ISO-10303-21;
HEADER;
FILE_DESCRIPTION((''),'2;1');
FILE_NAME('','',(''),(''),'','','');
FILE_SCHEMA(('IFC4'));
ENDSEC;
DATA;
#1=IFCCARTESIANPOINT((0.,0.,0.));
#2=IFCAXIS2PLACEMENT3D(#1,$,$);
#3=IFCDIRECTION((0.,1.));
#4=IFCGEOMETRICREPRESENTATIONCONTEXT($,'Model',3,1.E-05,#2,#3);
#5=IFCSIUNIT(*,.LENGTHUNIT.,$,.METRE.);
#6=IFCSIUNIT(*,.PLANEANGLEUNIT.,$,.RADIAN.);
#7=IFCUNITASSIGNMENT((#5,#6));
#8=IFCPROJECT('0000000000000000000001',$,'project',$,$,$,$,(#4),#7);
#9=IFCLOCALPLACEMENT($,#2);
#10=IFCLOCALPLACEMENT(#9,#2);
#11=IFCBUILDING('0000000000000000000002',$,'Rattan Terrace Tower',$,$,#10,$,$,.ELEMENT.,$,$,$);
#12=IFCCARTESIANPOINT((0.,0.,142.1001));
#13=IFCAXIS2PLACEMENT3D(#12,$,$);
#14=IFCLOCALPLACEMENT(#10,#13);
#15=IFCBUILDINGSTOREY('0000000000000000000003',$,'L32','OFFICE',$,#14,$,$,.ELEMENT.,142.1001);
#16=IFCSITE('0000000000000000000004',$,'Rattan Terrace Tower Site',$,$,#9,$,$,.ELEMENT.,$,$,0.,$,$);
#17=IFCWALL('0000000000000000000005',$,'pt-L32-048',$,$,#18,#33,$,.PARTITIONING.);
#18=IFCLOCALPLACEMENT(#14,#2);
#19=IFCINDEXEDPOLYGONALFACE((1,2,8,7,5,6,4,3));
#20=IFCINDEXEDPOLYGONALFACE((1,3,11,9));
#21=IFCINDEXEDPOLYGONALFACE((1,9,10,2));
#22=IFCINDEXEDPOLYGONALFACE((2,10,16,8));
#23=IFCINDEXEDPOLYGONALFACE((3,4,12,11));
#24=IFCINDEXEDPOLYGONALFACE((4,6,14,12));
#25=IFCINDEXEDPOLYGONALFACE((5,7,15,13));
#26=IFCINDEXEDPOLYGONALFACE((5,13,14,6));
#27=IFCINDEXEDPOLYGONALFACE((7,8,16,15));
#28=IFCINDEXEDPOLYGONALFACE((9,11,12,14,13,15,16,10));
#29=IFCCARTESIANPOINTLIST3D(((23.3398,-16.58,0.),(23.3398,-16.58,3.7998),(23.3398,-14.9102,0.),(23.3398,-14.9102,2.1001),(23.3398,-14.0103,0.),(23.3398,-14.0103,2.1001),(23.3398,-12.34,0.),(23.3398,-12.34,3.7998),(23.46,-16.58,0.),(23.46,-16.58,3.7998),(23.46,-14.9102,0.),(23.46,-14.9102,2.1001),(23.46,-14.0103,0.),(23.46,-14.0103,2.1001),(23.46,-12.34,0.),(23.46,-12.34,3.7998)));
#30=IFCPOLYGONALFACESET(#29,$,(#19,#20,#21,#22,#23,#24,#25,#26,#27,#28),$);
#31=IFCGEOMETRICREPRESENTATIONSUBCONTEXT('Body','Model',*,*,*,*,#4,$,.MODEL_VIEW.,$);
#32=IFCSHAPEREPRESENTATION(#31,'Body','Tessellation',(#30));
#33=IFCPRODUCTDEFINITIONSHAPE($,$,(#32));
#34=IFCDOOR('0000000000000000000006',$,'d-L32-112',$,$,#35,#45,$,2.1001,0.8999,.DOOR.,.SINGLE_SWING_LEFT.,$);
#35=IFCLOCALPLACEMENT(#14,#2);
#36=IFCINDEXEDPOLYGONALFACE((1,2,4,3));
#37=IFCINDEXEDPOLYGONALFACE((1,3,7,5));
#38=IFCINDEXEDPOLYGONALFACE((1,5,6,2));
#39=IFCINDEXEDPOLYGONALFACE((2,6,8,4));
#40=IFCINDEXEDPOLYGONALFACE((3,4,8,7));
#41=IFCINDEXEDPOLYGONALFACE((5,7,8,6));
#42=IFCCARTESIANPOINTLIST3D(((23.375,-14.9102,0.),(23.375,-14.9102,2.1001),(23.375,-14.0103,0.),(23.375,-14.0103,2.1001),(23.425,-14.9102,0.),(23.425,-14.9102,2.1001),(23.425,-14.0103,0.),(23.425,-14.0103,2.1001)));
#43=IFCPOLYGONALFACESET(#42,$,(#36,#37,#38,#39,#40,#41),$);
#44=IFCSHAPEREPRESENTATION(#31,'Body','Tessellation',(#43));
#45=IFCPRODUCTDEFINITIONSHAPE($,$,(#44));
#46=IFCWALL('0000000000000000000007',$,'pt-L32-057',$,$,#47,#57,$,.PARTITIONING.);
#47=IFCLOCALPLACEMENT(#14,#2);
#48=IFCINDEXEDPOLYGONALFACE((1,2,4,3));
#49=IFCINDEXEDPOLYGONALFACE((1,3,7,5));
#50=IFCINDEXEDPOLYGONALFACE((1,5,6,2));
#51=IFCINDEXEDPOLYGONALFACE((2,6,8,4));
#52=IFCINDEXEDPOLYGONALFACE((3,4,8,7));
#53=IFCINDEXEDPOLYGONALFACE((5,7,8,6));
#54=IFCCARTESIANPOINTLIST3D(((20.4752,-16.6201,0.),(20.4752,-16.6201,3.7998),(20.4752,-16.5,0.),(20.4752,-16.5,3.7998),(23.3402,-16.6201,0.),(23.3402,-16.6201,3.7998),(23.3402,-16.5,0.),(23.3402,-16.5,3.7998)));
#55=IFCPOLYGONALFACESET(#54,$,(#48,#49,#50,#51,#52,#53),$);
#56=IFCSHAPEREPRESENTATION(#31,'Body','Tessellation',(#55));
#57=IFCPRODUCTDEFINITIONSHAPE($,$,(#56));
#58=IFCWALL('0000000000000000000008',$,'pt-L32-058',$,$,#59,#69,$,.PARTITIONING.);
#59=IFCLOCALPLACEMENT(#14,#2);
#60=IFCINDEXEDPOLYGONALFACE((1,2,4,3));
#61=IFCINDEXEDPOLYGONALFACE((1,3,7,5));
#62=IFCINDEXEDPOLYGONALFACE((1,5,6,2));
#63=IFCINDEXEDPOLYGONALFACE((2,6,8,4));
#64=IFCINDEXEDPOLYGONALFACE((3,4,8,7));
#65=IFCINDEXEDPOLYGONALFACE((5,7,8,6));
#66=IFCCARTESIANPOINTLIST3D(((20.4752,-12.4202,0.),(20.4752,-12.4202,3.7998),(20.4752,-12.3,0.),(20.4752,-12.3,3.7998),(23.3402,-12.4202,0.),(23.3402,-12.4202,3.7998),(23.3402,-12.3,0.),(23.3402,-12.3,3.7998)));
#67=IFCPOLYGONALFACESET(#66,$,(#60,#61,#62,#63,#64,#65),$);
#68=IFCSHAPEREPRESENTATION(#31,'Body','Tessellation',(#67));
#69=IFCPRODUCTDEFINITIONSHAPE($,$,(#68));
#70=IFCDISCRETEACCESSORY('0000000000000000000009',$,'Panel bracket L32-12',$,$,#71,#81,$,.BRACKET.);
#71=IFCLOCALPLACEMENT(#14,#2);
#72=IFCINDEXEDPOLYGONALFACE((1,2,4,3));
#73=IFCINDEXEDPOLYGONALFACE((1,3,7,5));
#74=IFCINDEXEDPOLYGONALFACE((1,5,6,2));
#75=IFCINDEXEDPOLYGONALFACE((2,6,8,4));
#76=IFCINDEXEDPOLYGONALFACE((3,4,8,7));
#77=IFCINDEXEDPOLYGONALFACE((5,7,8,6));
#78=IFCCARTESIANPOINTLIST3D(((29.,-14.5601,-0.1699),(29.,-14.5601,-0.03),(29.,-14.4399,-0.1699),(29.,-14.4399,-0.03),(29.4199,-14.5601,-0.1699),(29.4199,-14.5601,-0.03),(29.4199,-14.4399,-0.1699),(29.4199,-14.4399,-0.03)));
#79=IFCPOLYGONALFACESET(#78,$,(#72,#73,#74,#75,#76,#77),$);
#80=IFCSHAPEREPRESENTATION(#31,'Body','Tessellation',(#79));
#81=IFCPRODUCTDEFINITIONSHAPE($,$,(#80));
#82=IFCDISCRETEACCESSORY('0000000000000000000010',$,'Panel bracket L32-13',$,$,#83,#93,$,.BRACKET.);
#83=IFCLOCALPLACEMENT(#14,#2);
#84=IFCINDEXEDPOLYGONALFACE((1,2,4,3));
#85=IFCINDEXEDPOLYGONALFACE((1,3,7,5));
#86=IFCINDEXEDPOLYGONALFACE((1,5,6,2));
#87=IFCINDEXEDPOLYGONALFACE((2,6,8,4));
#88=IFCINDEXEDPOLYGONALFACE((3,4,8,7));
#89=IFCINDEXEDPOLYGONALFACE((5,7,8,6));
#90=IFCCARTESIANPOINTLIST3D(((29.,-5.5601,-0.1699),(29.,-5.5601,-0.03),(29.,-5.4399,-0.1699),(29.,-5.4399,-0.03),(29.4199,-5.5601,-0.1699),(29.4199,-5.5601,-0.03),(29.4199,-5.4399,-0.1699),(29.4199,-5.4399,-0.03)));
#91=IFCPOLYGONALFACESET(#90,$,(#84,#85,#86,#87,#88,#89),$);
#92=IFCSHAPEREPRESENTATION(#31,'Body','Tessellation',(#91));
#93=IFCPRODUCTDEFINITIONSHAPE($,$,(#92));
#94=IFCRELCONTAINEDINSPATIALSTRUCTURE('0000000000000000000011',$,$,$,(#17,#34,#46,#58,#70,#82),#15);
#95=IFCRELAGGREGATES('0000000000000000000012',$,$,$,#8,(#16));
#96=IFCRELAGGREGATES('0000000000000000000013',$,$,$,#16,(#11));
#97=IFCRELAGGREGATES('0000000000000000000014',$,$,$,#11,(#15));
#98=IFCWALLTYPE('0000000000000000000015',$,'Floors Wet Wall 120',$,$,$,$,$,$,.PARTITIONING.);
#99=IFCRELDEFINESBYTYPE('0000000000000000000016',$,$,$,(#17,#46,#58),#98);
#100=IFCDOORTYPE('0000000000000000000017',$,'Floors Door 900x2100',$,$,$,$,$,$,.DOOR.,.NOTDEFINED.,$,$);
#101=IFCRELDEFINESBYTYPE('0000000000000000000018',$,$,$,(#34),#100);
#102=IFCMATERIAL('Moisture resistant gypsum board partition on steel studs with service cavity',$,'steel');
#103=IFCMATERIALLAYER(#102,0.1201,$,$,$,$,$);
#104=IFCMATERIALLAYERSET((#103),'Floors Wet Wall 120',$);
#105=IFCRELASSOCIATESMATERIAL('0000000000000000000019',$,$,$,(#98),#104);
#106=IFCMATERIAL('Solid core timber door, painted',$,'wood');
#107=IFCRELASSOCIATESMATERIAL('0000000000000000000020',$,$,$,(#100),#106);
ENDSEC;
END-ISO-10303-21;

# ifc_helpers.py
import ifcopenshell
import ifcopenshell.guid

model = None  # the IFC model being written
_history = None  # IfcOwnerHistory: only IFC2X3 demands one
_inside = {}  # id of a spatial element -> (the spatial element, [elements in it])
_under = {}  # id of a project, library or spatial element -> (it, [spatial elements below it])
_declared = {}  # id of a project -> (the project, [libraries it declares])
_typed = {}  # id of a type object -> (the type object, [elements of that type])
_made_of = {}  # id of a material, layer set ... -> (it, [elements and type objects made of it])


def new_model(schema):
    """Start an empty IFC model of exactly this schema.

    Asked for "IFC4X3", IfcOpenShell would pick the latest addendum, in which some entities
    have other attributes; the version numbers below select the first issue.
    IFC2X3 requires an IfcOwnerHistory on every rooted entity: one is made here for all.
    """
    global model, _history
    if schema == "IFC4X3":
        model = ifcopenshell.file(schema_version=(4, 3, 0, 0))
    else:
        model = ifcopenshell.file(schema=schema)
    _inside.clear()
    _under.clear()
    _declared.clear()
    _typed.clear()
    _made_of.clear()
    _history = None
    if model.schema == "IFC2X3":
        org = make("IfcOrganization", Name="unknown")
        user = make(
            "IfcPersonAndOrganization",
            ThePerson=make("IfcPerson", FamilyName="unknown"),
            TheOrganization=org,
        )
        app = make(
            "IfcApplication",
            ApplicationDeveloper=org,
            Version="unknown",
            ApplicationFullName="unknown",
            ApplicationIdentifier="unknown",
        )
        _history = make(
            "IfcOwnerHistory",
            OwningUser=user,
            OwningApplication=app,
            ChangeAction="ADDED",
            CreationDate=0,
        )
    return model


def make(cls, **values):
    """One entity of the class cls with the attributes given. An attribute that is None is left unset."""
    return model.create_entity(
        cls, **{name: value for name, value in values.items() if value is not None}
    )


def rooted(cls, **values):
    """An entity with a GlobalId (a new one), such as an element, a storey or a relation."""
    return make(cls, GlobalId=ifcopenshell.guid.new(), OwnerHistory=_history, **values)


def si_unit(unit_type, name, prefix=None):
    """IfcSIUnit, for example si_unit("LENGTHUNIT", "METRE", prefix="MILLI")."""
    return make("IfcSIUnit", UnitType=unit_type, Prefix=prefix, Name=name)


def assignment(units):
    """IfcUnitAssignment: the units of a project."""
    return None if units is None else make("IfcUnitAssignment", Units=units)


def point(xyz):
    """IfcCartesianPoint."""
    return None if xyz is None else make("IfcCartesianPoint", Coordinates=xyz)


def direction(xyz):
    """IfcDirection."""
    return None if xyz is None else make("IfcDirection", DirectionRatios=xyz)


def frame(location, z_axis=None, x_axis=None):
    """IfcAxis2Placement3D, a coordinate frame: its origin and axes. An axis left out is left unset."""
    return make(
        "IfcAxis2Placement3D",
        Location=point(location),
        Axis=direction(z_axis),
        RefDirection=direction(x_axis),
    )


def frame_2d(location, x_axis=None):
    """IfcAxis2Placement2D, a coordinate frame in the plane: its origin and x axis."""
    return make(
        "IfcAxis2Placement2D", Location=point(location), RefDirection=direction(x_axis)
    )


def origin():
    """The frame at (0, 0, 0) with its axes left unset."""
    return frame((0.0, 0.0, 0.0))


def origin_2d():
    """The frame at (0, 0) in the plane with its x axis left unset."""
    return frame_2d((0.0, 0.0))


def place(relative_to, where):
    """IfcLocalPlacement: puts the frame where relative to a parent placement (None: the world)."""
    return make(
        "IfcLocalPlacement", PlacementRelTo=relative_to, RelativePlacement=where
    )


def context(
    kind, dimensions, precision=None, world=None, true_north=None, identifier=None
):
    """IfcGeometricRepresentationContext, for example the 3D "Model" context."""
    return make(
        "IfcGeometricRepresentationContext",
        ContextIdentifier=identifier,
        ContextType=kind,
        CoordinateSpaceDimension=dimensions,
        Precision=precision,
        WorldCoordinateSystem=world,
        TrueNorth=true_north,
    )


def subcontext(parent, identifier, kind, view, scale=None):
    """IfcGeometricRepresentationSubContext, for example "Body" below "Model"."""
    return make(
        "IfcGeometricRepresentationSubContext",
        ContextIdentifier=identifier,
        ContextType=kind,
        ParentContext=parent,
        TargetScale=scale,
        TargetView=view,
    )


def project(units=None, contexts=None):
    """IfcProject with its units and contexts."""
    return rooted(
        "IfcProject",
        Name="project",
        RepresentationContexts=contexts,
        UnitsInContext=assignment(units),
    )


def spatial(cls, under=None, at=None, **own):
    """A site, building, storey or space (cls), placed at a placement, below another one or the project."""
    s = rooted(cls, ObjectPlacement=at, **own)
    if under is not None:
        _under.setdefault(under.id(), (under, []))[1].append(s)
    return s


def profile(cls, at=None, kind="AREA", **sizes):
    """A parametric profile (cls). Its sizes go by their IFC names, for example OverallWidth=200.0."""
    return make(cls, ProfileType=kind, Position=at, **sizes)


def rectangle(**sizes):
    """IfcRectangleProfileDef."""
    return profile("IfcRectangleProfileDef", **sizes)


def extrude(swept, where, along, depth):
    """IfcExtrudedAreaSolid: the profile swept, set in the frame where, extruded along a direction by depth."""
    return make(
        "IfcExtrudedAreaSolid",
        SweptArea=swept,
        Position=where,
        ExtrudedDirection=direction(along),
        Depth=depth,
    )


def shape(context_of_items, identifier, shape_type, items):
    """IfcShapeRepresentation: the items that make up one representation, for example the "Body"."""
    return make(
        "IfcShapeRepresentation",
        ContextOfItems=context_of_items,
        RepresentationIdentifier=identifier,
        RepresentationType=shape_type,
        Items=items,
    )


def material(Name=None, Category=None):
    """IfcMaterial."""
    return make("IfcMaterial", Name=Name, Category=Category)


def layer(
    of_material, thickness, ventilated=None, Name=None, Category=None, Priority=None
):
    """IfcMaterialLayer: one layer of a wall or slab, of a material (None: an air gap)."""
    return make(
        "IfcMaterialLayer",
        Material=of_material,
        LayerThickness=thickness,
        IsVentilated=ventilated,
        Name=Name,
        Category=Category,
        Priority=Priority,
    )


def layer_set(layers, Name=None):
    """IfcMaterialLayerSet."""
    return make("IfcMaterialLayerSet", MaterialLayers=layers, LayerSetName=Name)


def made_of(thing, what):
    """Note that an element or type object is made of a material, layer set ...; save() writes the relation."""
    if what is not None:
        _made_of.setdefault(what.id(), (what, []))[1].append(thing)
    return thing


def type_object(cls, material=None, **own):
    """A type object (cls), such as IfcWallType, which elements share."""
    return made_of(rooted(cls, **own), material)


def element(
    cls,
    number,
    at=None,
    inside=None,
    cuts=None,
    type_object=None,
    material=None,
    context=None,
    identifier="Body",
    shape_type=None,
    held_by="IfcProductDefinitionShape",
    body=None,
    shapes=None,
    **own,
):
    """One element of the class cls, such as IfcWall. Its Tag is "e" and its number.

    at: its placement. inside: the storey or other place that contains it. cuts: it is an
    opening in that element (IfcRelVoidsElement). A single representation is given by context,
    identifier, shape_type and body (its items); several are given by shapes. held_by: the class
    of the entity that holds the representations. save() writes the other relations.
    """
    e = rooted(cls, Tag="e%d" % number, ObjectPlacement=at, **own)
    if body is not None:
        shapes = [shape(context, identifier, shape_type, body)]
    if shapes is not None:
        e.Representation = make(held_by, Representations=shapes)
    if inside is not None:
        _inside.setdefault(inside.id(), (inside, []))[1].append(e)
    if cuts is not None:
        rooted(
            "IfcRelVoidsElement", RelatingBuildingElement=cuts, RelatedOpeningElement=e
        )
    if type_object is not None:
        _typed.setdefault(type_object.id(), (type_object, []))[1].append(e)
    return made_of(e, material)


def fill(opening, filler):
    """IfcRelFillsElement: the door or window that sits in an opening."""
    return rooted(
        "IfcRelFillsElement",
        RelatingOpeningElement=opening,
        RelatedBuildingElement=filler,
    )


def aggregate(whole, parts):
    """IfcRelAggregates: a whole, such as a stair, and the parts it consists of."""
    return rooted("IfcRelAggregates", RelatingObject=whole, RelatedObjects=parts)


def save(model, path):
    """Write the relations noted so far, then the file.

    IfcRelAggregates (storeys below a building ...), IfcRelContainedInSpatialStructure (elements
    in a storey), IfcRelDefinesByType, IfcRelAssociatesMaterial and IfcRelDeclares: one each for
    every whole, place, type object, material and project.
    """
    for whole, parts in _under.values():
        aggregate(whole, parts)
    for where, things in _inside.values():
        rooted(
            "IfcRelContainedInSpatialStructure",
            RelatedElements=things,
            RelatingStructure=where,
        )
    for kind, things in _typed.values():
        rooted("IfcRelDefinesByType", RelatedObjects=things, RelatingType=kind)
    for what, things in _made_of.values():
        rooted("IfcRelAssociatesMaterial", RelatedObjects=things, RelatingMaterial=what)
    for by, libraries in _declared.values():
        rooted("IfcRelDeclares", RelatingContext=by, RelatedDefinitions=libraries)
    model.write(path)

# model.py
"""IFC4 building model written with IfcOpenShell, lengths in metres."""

from ifc_helpers import new_model, si_unit, direction, frame, frame_2d, origin, origin_2d, place, context, subcontext, project, spatial, rectangle, extrude, material, layer, layer_set, type_object, element, fill, save


model = new_model("IFC4")

# Units and contexts
model_context = context("Model", 3, precision=1e-05, world=origin(), true_north=direction((0.0, 1.0)))
body_context = subcontext(model_context, "Body", "Model", "MODEL_VIEW")
ifc_project = project(units=[si_unit("LENGTHUNIT", "METRE"), si_unit("PLANEANGLEUNIT", "RADIAN")], contexts=[model_context])

# Site, building, storey
site_placement = place(None, origin())
site = spatial("IfcSite", under=ifc_project, at=site_placement, Name="Rattan Terrace Tower Site", CompositionType="ELEMENT", RefElevation=0.0)
building_placement = place(site_placement, origin())
building = spatial("IfcBuilding", under=site, at=building_placement, Name="Rattan Terrace Tower", CompositionType="ELEMENT")
storey_placement = place(building_placement, frame((0.0, 0.0, 142.1001)))
storey = spatial("IfcBuildingStorey", under=building, at=storey_placement, Name="L32", Description="OFFICE", CompositionType="ELEMENT", Elevation=142.1001)

# Wall, opening, door
ifc_material_1 = material(Name="Moisture resistant gypsum board partition on steel studs with service cavity", Category="steel")
ifc_layer_1 = layer(ifc_material_1, 0.1201)
ifc_layer_set_1 = layer_set([ifc_layer_1], Name="Floors Wet Wall 120")
wall_type_1 = type_object("IfcWallType", Name="Floors Wet Wall 120", PredefinedType="PARTITIONING", material=ifc_layer_set_1)
wall_1_placement = place(storey_placement, frame((23.3999, -16.5801, 0.0), z_axis=(0.0, 0.0, 1.0), x_axis=(0.0, 1.0, 0.0)))
wall_1 = element("IfcWall", 1, at=wall_1_placement, inside=storey, type_object=wall_type_1, Name="pt-L32-048", PredefinedType="PARTITIONING", context=body_context, shape_type="SweptSolid", body=[
    extrude(rectangle(XDim=4.24, YDim=0.1201, at=frame_2d((2.1201, 0.0))), origin(), (0.0, 0.0, 1.0), 3.7998),
])
opening_1_placement = place(wall_1_placement, frame((1.6699, 0.0, 0.0)))
opening_1 = element("IfcOpeningElement", 2, at=opening_1_placement, cuts=wall_1, PredefinedType="OPENING", context=body_context, shape_type="SweptSolid", body=[
    extrude(rectangle(XDim=0.8999, YDim=2.1001, at=frame_2d((0.45, 1.05))), frame((0.0, 0.0706, 0.0), z_axis=(0.0, -1.0, 0.0), x_axis=(1.0, 0.0, 0.0)), (0.0, 0.0, 1.0), 0.1411),
])
ifc_material_2 = material(Name="Solid core timber door, painted", Category="wood")
door_type_1 = type_object("IfcDoorType", Name="Floors Door 900x2100", OperationType="NOTDEFINED", PredefinedType="DOOR", material=ifc_material_2)
door_1_placement = place(opening_1_placement, origin())
door_1 = element("IfcDoor", 3, at=door_1_placement, inside=storey, type_object=door_type_1, Name="d-L32-112", OperationType="SINGLE_SWING_LEFT", OverallHeight=2.1001, OverallWidth=0.8999, PredefinedType="DOOR", context=body_context, shape_type="SweptSolid", body=[
    extrude(rectangle(XDim=0.8999, YDim=2.1001, at=frame_2d((0.45, 1.05))), frame((0.0, 0.0249, 0.0), z_axis=(0.0, -1.0, 0.0), x_axis=(1.0, 0.0, 0.0)), (0.0, 0.0, 1.0), 0.05),
])
fill(opening_1, door_1)

# Walls
for number, where, z_axis, x_axis, name in (
    (4, (20.4751, -16.5601, 0.0), (0.0, 0.0, 1.0), (1.0, 0.0, 0.0), "pt-L32-057"),
    (5, (20.4751, -12.3601, 0.0), (0.0, 0.0, 1.0), (1.0, 0.0, 0.0), "pt-L32-058"),
):
    element("IfcWall", number, at=place(storey_placement, frame(where, z_axis=z_axis, x_axis=x_axis)), inside=storey, type_object=wall_type_1, Name=name, PredefinedType="PARTITIONING", context=body_context, shape_type="SweptSolid", body=[
        extrude(rectangle(XDim=2.865, YDim=0.1201, at=frame_2d((1.4326, 0.0))), origin(), (0.0, 0.0, 1.0), 3.7998),
    ])

# Discrete accessories
for number, where, z_axis, x_axis, name in (
    (6, (29.21, -14.5, -0.1699), (0.0, 0.0, 1.0), (0.0, 1.0, 0.0), "Panel bracket L32-12"),
    (7, (29.21, -5.5, -0.1699), (0.0, 0.0, 1.0), (0.0, 1.0, 0.0), "Panel bracket L32-13"),
):
    element("IfcDiscreteAccessory", number, at=place(storey_placement, frame(where, z_axis=z_axis, x_axis=x_axis)), inside=storey, Name=name, PredefinedType="BRACKET", context=body_context, shape_type="SweptSolid", body=[
        extrude(rectangle(XDim=0.1201, YDim=0.4199, at=origin_2d()), origin(), (0.0, 0.0, 1.0), 0.1399),
    ])

save(model, "model.ifc")
